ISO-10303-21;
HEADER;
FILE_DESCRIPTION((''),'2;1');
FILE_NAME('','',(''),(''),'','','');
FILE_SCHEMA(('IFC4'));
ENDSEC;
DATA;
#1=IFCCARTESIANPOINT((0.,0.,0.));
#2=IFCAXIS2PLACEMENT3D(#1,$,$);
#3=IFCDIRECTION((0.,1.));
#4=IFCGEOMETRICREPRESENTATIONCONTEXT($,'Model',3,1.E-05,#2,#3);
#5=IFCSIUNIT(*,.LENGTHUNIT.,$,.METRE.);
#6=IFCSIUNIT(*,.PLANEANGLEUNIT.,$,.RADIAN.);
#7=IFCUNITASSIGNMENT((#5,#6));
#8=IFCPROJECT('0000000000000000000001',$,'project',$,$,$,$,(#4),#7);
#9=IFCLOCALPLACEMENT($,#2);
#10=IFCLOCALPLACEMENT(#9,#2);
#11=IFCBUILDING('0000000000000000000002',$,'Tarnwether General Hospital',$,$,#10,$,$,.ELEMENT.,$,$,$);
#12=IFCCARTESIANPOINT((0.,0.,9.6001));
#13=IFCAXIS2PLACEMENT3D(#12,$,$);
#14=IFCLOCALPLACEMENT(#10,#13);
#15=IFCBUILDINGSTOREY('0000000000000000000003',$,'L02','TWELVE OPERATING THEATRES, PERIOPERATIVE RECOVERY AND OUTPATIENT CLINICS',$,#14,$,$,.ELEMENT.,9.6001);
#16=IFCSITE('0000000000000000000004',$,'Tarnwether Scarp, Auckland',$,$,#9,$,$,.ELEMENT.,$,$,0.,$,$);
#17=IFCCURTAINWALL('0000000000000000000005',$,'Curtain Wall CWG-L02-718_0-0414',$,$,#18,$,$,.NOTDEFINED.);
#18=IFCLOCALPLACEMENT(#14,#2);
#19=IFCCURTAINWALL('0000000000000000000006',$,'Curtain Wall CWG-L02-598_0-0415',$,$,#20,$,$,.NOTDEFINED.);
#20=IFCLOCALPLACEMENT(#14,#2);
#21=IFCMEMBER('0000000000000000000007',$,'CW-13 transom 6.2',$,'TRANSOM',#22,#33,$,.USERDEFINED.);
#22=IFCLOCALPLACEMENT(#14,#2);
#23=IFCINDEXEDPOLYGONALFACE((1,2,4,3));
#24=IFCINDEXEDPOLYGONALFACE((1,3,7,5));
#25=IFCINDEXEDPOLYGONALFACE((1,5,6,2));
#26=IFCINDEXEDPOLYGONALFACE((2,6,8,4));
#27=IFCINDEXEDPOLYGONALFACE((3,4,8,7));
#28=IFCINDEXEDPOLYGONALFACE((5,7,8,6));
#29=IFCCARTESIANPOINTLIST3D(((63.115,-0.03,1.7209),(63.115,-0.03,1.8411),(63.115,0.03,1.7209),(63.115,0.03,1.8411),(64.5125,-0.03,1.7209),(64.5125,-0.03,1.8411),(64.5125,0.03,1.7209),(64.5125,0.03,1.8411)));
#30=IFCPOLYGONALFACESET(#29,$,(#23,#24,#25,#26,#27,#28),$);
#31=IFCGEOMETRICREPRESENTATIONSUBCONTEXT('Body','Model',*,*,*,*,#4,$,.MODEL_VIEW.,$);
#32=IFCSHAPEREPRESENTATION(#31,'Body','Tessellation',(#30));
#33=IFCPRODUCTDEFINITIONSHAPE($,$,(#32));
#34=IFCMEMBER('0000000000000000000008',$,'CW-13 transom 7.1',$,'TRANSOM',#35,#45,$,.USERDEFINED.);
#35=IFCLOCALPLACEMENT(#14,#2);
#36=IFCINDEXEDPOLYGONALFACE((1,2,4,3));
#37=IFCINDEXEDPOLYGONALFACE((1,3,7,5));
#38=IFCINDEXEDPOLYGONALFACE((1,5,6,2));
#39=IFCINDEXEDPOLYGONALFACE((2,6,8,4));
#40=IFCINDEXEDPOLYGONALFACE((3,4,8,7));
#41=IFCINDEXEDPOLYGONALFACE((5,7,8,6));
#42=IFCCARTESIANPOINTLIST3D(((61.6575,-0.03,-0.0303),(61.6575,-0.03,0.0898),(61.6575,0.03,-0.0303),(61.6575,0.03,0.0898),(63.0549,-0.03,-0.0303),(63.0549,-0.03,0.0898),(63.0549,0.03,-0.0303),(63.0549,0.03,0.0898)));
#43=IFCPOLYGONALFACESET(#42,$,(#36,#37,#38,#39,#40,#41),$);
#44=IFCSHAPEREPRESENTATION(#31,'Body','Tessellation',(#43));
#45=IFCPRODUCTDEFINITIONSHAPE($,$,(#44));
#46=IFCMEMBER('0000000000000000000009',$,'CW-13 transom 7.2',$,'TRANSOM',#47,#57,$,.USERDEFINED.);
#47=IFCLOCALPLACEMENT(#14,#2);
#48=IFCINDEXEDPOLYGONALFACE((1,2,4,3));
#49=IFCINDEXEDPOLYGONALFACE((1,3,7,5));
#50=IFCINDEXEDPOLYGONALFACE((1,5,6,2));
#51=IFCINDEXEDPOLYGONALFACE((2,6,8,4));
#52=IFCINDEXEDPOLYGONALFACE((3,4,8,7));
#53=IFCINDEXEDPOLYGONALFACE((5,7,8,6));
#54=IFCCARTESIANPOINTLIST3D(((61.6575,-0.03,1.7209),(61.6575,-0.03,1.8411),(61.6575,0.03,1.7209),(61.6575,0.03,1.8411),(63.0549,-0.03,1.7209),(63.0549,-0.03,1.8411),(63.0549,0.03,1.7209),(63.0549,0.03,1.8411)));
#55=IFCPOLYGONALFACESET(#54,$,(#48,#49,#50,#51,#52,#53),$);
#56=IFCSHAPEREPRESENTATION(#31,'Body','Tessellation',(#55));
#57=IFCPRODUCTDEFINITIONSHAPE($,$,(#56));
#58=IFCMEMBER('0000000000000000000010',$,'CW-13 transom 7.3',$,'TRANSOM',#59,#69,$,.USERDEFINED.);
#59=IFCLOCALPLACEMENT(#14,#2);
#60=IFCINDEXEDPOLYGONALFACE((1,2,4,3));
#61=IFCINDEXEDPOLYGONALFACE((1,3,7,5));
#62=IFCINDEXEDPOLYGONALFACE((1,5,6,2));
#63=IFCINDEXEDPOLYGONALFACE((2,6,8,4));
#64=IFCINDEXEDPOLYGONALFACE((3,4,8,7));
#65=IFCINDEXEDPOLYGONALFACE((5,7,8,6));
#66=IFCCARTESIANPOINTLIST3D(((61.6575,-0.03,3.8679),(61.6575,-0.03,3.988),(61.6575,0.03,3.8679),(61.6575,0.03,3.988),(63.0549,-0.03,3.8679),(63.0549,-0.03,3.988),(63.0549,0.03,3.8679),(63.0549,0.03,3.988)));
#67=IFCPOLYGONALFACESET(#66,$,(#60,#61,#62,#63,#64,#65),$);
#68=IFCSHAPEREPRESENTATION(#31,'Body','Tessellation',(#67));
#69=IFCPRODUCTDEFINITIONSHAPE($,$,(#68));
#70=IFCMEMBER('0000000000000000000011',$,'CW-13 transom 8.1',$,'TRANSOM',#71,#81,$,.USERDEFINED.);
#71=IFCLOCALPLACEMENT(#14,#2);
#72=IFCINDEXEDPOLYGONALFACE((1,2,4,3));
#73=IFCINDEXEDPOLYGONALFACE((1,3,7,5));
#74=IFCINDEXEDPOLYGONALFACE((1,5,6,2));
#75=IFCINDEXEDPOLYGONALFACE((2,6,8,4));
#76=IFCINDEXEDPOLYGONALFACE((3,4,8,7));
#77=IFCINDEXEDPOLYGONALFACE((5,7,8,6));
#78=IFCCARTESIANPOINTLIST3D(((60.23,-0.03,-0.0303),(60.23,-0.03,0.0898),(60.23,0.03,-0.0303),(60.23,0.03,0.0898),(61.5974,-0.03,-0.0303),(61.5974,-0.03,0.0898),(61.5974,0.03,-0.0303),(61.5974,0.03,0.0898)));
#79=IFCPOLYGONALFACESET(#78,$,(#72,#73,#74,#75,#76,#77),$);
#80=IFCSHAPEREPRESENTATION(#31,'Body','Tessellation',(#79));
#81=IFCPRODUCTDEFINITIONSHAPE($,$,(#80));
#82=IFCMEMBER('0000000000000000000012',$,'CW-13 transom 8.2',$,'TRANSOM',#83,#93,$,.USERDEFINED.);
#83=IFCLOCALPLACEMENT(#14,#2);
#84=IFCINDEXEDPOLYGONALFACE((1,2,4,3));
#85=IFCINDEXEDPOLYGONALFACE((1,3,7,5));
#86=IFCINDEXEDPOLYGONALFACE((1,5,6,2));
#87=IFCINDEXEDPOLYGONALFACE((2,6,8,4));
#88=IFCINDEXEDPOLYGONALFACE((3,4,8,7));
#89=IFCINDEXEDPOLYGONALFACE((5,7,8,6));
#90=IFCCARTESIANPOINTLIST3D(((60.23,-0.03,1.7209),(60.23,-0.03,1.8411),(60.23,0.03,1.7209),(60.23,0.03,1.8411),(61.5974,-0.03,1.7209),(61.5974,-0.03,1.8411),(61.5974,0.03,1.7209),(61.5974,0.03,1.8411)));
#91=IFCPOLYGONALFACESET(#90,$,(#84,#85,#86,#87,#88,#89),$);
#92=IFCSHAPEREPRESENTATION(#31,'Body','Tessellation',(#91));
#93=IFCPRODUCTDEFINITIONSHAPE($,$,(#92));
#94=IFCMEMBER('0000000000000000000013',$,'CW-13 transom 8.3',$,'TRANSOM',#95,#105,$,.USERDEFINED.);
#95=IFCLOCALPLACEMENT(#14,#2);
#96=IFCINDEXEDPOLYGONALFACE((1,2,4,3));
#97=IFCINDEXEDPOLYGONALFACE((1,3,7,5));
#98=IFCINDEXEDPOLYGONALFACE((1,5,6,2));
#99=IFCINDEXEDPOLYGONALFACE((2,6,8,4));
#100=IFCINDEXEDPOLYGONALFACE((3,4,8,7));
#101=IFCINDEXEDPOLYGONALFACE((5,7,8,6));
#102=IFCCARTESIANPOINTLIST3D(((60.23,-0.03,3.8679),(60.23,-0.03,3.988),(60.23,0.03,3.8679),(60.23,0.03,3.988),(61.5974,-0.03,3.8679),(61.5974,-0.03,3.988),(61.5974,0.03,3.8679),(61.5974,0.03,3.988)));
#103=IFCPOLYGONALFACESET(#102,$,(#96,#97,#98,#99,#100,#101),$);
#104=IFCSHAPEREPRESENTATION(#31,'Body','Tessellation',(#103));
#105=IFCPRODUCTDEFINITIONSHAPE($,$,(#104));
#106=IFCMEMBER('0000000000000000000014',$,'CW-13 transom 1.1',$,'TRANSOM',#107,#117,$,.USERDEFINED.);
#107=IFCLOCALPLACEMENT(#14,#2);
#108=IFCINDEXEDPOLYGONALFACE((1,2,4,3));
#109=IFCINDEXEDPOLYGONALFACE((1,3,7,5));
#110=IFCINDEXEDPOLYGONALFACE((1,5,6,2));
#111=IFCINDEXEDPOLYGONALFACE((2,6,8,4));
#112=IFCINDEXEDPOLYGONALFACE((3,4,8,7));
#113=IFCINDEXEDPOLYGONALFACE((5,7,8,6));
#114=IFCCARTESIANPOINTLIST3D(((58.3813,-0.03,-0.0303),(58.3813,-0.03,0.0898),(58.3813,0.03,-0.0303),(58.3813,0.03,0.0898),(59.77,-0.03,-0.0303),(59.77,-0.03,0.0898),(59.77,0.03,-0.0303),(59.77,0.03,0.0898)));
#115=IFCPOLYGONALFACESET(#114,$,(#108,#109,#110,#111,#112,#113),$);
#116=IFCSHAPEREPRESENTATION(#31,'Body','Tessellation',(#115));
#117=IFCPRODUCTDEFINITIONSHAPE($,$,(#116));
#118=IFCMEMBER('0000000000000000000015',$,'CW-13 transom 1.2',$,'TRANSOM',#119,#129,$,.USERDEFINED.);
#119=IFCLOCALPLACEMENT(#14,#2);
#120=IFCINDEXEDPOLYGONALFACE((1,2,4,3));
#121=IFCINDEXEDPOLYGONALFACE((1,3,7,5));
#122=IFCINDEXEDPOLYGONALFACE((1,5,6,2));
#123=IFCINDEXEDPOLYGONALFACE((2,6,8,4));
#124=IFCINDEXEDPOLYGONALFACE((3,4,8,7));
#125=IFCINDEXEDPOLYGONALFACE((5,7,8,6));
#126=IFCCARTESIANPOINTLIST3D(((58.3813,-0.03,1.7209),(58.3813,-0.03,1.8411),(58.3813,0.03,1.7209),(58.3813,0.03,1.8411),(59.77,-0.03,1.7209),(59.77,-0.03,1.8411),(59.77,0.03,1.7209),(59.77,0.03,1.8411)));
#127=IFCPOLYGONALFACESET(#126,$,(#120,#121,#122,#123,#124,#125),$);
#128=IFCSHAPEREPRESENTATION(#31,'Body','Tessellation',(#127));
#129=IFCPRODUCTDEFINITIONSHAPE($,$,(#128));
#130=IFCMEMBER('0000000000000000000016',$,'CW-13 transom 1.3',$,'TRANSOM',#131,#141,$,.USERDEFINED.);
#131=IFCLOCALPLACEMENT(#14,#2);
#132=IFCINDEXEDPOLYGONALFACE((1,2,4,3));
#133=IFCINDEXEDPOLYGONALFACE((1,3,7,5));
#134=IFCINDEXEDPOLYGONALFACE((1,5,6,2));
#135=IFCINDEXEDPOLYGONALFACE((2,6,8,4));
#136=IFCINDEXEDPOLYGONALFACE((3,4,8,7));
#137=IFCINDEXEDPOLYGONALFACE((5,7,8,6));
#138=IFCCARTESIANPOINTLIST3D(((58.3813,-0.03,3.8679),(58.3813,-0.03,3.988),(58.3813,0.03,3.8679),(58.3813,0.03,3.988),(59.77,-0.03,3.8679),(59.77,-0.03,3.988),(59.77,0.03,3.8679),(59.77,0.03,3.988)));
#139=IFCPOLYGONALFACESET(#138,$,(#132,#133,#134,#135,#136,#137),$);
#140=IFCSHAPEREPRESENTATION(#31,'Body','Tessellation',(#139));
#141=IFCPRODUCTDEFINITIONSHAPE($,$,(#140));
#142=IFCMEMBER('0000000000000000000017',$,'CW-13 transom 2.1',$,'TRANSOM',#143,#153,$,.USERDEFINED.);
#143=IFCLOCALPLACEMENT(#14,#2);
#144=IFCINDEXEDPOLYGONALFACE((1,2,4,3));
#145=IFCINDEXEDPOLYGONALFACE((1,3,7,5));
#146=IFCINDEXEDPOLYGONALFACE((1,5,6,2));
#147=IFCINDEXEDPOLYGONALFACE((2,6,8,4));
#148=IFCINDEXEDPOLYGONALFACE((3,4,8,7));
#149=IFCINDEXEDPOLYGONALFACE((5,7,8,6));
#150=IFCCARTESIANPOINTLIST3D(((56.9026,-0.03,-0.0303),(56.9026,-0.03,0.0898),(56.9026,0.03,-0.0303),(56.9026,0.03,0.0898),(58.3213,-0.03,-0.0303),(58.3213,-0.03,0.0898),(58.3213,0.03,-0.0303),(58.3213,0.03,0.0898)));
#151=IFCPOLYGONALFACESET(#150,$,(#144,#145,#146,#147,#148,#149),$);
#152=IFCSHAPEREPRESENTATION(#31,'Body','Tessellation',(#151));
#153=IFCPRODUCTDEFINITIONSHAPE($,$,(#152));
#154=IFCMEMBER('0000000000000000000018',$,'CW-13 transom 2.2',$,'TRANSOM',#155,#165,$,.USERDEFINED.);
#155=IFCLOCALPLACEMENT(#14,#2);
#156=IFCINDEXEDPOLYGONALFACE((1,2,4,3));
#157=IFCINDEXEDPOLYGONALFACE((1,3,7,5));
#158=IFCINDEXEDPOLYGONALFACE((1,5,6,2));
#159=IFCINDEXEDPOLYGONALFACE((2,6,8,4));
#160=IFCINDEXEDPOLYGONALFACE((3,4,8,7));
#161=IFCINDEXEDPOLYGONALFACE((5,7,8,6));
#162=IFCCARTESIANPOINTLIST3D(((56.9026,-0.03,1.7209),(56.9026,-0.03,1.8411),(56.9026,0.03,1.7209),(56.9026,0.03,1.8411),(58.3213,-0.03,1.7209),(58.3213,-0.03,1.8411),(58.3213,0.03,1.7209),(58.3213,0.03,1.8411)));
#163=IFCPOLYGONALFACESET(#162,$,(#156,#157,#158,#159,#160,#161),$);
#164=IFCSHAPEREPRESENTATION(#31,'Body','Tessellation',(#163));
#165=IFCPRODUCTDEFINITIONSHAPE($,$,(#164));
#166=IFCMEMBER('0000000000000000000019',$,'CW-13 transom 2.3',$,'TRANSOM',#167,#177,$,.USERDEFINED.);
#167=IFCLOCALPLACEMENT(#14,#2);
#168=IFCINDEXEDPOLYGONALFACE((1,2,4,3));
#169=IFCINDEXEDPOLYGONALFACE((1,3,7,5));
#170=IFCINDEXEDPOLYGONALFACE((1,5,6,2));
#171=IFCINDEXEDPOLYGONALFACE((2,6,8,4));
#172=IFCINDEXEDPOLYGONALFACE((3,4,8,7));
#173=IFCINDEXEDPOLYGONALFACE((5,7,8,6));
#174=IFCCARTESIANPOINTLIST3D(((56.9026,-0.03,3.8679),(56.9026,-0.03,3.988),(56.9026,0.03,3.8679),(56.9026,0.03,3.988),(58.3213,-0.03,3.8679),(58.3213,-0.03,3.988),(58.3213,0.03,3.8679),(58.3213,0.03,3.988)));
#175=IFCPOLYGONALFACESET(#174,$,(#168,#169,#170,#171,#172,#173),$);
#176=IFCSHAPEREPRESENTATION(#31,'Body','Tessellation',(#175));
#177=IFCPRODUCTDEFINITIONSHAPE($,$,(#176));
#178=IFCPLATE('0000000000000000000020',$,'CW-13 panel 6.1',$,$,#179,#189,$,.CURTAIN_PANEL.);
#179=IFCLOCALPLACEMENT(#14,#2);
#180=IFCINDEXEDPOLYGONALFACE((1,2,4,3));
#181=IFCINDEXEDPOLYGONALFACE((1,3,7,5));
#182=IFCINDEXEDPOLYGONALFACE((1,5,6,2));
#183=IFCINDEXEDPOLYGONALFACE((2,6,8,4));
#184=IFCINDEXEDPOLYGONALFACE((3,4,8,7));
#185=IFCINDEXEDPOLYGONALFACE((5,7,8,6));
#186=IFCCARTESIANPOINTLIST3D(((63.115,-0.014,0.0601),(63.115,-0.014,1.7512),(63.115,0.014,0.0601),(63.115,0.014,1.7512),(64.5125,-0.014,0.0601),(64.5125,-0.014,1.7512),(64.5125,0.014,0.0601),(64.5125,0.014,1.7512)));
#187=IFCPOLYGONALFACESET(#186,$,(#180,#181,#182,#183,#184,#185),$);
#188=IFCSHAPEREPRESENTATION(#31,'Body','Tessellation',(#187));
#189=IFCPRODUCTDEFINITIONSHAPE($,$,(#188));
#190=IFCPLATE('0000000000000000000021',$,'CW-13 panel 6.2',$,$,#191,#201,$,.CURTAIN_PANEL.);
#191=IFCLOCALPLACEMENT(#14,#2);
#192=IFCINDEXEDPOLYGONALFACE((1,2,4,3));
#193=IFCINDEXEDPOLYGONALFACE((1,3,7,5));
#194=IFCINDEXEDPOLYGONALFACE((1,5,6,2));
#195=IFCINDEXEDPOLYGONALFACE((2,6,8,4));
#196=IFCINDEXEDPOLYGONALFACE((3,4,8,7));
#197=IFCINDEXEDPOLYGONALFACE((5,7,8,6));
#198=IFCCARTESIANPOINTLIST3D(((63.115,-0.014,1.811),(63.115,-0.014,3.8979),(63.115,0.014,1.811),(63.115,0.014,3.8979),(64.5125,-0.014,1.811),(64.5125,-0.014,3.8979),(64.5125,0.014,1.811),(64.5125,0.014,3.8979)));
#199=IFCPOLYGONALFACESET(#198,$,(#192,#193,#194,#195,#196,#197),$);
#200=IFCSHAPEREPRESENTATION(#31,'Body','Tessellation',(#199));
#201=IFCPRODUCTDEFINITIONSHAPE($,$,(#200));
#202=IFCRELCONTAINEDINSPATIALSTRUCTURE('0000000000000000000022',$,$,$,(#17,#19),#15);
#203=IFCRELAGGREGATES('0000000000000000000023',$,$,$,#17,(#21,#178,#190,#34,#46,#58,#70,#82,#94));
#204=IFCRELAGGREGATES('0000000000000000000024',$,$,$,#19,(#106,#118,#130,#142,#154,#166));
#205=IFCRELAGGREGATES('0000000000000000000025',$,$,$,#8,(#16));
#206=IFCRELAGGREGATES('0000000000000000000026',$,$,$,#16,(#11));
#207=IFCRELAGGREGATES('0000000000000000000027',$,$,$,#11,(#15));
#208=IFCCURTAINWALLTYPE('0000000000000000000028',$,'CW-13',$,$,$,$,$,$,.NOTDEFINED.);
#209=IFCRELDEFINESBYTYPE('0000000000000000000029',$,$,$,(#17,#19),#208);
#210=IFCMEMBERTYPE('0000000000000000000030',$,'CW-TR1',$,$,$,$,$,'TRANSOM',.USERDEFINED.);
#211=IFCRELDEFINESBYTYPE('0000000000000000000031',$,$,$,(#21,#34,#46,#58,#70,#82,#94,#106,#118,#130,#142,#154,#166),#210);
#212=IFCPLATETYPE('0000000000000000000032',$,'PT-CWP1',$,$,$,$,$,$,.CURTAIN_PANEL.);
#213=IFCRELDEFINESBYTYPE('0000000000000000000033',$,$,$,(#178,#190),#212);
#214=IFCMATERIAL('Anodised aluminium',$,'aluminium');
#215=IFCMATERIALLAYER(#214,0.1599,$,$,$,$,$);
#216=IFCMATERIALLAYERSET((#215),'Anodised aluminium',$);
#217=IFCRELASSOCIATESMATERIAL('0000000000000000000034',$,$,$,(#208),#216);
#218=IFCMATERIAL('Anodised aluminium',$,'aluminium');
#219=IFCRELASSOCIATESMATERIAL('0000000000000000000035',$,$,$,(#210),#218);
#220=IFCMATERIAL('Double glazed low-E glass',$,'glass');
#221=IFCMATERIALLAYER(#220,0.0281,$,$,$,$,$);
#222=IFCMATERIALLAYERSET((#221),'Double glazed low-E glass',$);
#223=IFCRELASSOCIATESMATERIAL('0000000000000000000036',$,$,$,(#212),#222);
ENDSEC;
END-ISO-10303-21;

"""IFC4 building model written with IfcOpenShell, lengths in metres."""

from ifc_helpers import new_model, si_unit, direction, frame, origin, origin_2d, place, context, subcontext, project, spatial, rectangle, extrude, material, layer, layer_set, material_profile, profile_set, type_object, element, aggregate, save


model = new_model("IFC4")

# Units and contexts
model_context = context("Model", 3, precision=1e-05, world=origin(), true_north=direction((0.0, 1.0)))
body_context = subcontext(model_context, "Body", "Model", "MODEL_VIEW")
ifc_project = project(units=[si_unit("LENGTHUNIT", "METRE"), si_unit("PLANEANGLEUNIT", "RADIAN")], contexts=[model_context])

# Site, building, storey
site_placement = place(None, origin())
site = spatial("IfcSite", under=ifc_project, at=site_placement, Name="Tarnwether Scarp, Auckland", CompositionType="ELEMENT", RefElevation=0.0)
building_placement = place(site_placement, origin())
building = spatial("IfcBuilding", under=site, at=building_placement, Name="Tarnwether General Hospital", CompositionType="ELEMENT")
storey_placement = place(building_placement, frame((0.0, 0.0, 9.6001)))
storey = spatial("IfcBuildingStorey", under=building, at=storey_placement, Name="L02", Description="TWELVE OPERATING THEATRES, PERIOPERATIVE RECOVERY AND OUTPATIENT CLINICS", CompositionType="ELEMENT", Elevation=9.6001)

# Curtain walls
ifc_material_1 = material(Name="Anodised aluminium", Category="aluminium")
ifc_layer_1 = layer(ifc_material_1, 0.1599)
ifc_layer_set_1 = layer_set([ifc_layer_1], Name="Anodised aluminium")
curtain_wall_type = type_object("IfcCurtainWallType", Name="CW-13", PredefinedType="NOTDEFINED", material=ifc_layer_set_1)
curtain_wall_1_placement = place(storey_placement, origin())
curtain_wall_1 = element("IfcCurtainWall", 1, at=curtain_wall_1_placement, inside=storey, type_object=curtain_wall_type, Name="Curtain Wall CWG-L02-718_0-0414", PredefinedType="NOTDEFINED")
curtain_wall_2_placement = place(storey_placement, origin())
curtain_wall_2 = element("IfcCurtainWall", 2, at=curtain_wall_2_placement, inside=storey, type_object=curtain_wall_type, Name="Curtain Wall CWG-L02-598_0-0415", PredefinedType="NOTDEFINED")

# Members
ifc_material_2 = material(Name="Anodised aluminium", Category="aluminium")
ifc_material_profile_1 = material_profile(ifc_material_2, rectangle(XDim=0.0601, YDim=0.1201, at=origin_2d()), Name="ALU-TRN-60x120")
ifc_profile_set_1 = profile_set([ifc_material_profile_1], Name="Anodised aluminium")
member_type_1 = type_object("IfcMemberType", Name="CW-TR1", ElementType="TRANSOM", PredefinedType="USERDEFINED", material=ifc_profile_set_1)
member_1_placement = place(storey_placement, frame((64.5125, 0.0, 1.781), z_axis=(-1.0, 0.0, 0.0), x_axis=(0.0, -1.0, 0.0)))
member_1 = element("IfcMember", 3, at=member_1_placement, type_object=member_type_1, Name="CW-13 transom 6.2", ObjectType="TRANSOM", PredefinedType="USERDEFINED", context=body_context, shape_type="SweptSolid", body=[
    extrude(rectangle(XDim=0.0601, YDim=0.1201, at=origin_2d()), origin(), (0.0, 0.0, 1.0), 1.3975),
])
member_2_placement = place(storey_placement, frame((63.0549, 0.0, 0.0298), z_axis=(-1.0, 0.0, 0.0), x_axis=(0.0, -1.0, 0.0)))
member_2 = element("IfcMember", 4, at=member_2_placement, type_object=member_type_1, Name="CW-13 transom 7.1", ObjectType="TRANSOM", PredefinedType="USERDEFINED", context=body_context, shape_type="SweptSolid", body=[
    extrude(rectangle(XDim=0.0601, YDim=0.1201, at=origin_2d()), origin(), (0.0, 0.0, 1.0), 1.3975),
])
member_3_placement = place(storey_placement, frame((63.0549, 0.0, 1.781), z_axis=(-1.0, 0.0, 0.0), x_axis=(0.0, -1.0, 0.0)))
member_3 = element("IfcMember", 5, at=member_3_placement, type_object=member_type_1, Name="CW-13 transom 7.2", ObjectType="TRANSOM", PredefinedType="USERDEFINED", context=body_context, shape_type="SweptSolid", body=[
    extrude(rectangle(XDim=0.0601, YDim=0.1201, at=origin_2d()), origin(), (0.0, 0.0, 1.0), 1.3975),
])
member_4_placement = place(storey_placement, frame((63.0549, 0.0, 3.928), z_axis=(-1.0, 0.0, 0.0), x_axis=(0.0, -1.0, 0.0)))
member_4 = element("IfcMember", 6, at=member_4_placement, type_object=member_type_1, Name="CW-13 transom 7.3", ObjectType="TRANSOM", PredefinedType="USERDEFINED", context=body_context, shape_type="SweptSolid", body=[
    extrude(rectangle(XDim=0.0601, YDim=0.1201, at=origin_2d()), origin(), (0.0, 0.0, 1.0), 1.3975),
])
member_5_placement = place(storey_placement, frame((61.5974, 0.0, 0.0298), z_axis=(-1.0, 0.0, 0.0), x_axis=(0.0, -1.0, 0.0)))
member_5 = element("IfcMember", 7, at=member_5_placement, type_object=member_type_1, Name="CW-13 transom 8.1", ObjectType="TRANSOM", PredefinedType="USERDEFINED", context=body_context, shape_type="SweptSolid", body=[
    extrude(rectangle(XDim=0.0601, YDim=0.1201, at=origin_2d()), origin(), (0.0, 0.0, 1.0), 1.3674),
])
member_6_placement = place(storey_placement, frame((61.5974, 0.0, 1.781), z_axis=(-1.0, 0.0, 0.0), x_axis=(0.0, -1.0, 0.0)))
member_6 = element("IfcMember", 8, at=member_6_placement, type_object=member_type_1, Name="CW-13 transom 8.2", ObjectType="TRANSOM", PredefinedType="USERDEFINED", context=body_context, shape_type="SweptSolid", body=[
    extrude(rectangle(XDim=0.0601, YDim=0.1201, at=origin_2d()), origin(), (0.0, 0.0, 1.0), 1.3674),
])
member_7_placement = place(storey_placement, frame((61.5974, 0.0, 3.928), z_axis=(-1.0, 0.0, 0.0), x_axis=(0.0, -1.0, 0.0)))
member_7 = element("IfcMember", 9, at=member_7_placement, type_object=member_type_1, Name="CW-13 transom 8.3", ObjectType="TRANSOM", PredefinedType="USERDEFINED", context=body_context, shape_type="SweptSolid", body=[
    extrude(rectangle(XDim=0.0601, YDim=0.1201, at=origin_2d()), origin(), (0.0, 0.0, 1.0), 1.3674),
])
member_8_placement = place(storey_placement, frame((59.77, 0.0, 0.0298), z_axis=(-1.0, 0.0, 0.0), x_axis=(0.0, -1.0, 0.0)))
member_8 = element("IfcMember", 10, at=member_8_placement, type_object=member_type_1, Name="CW-13 transom 1.1", ObjectType="TRANSOM", PredefinedType="USERDEFINED", context=body_context, shape_type="SweptSolid", body=[
    extrude(rectangle(XDim=0.0601, YDim=0.1201, at=origin_2d()), origin(), (0.0, 0.0, 1.0), 1.3887),
])
member_9_placement = place(storey_placement, frame((59.77, 0.0, 1.781), z_axis=(-1.0, 0.0, 0.0), x_axis=(0.0, -1.0, 0.0)))
member_9 = element("IfcMember", 11, at=member_9_placement, type_object=member_type_1, Name="CW-13 transom 1.2", ObjectType="TRANSOM", PredefinedType="USERDEFINED", context=body_context, shape_type="SweptSolid", body=[
    extrude(rectangle(XDim=0.0601, YDim=0.1201, at=origin_2d()), origin(), (0.0, 0.0, 1.0), 1.3887),
])
member_10_placement = place(storey_placement, frame((59.77, 0.0, 3.928), z_axis=(-1.0, 0.0, 0.0), x_axis=(0.0, -1.0, 0.0)))
member_10 = element("IfcMember", 12, at=member_10_placement, type_object=member_type_1, Name="CW-13 transom 1.3", ObjectType="TRANSOM", PredefinedType="USERDEFINED", context=body_context, shape_type="SweptSolid", body=[
    extrude(rectangle(XDim=0.0601, YDim=0.1201, at=origin_2d()), origin(), (0.0, 0.0, 1.0), 1.3887),
])
member_11_placement = place(storey_placement, frame((58.3213, 0.0, 0.0298), z_axis=(-1.0, 0.0, 0.0), x_axis=(0.0, -1.0, 0.0)))
member_11 = element("IfcMember", 13, at=member_11_placement, type_object=member_type_1, Name="CW-13 transom 2.1", ObjectType="TRANSOM", PredefinedType="USERDEFINED", context=body_context, shape_type="SweptSolid", body=[
    extrude(rectangle(XDim=0.0601, YDim=0.1201, at=origin_2d()), origin(), (0.0, 0.0, 1.0), 1.4187),
])
member_12_placement = place(storey_placement, frame((58.3213, 0.0, 1.781), z_axis=(-1.0, 0.0, 0.0), x_axis=(0.0, -1.0, 0.0)))
member_12 = element("IfcMember", 14, at=member_12_placement, type_object=member_type_1, Name="CW-13 transom 2.2", ObjectType="TRANSOM", PredefinedType="USERDEFINED", context=body_context, shape_type="SweptSolid", body=[
    extrude(rectangle(XDim=0.0601, YDim=0.1201, at=origin_2d()), origin(), (0.0, 0.0, 1.0), 1.4187),
])
member_13_placement = place(storey_placement, frame((58.3213, 0.0, 3.928), z_axis=(-1.0, 0.0, 0.0), x_axis=(0.0, -1.0, 0.0)))
member_13 = element("IfcMember", 15, at=member_13_placement, type_object=member_type_1, Name="CW-13 transom 2.3", ObjectType="TRANSOM", PredefinedType="USERDEFINED", context=body_context, shape_type="SweptSolid", body=[
    extrude(rectangle(XDim=0.0601, YDim=0.1201, at=origin_2d()), origin(), (0.0, 0.0, 1.0), 1.4187),
])

# Plates
ifc_material_3 = material(Name="Double glazed low-E glass", Category="glass")
ifc_layer_2 = layer(ifc_material_3, 0.0281)
ifc_layer_set_2 = layer_set([ifc_layer_2], Name="Double glazed low-E glass")
plate_type_1 = type_object("IfcPlateType", Name="PT-CWP1", PredefinedType="CURTAIN_PANEL", material=ifc_layer_set_2)
plate_1_placement = place(storey_placement, frame((63.8137, 0.0, 0.0601), z_axis=(0.0, 0.0, 1.0), x_axis=(-1.0, 0.0, 0.0)))
plate_1 = element("IfcPlate", 16, at=plate_1_placement, type_object=plate_type_1, Name="CW-13 panel 6.1", PredefinedType="CURTAIN_PANEL", context=body_context, shape_type="SweptSolid", body=[
    extrude(rectangle(XDim=1.3975, YDim=0.0281, at=origin_2d()), origin(), (0.0, 0.0, 1.0), 1.6912),
])
plate_2_placement = place(storey_placement, frame((63.8137, 0.0, 1.811), z_axis=(0.0, 0.0, 1.0), x_axis=(-1.0, 0.0, 0.0)))
plate_2 = element("IfcPlate", 17, at=plate_2_placement, type_object=plate_type_1, Name="CW-13 panel 6.2", PredefinedType="CURTAIN_PANEL", context=body_context, shape_type="SweptSolid", body=[
    extrude(rectangle(XDim=1.3975, YDim=0.0281, at=origin_2d()), origin(), (0.0, 0.0, 1.0), 2.0869),
])
aggregate(curtain_wall_1, [member_1, plate_1, plate_2, member_2, member_3, member_4, member_5, member_6, member_7])
aggregate(curtain_wall_2, [member_8, member_9, member_10, member_11, member_12, member_13])

save(model, "model.ifc")
